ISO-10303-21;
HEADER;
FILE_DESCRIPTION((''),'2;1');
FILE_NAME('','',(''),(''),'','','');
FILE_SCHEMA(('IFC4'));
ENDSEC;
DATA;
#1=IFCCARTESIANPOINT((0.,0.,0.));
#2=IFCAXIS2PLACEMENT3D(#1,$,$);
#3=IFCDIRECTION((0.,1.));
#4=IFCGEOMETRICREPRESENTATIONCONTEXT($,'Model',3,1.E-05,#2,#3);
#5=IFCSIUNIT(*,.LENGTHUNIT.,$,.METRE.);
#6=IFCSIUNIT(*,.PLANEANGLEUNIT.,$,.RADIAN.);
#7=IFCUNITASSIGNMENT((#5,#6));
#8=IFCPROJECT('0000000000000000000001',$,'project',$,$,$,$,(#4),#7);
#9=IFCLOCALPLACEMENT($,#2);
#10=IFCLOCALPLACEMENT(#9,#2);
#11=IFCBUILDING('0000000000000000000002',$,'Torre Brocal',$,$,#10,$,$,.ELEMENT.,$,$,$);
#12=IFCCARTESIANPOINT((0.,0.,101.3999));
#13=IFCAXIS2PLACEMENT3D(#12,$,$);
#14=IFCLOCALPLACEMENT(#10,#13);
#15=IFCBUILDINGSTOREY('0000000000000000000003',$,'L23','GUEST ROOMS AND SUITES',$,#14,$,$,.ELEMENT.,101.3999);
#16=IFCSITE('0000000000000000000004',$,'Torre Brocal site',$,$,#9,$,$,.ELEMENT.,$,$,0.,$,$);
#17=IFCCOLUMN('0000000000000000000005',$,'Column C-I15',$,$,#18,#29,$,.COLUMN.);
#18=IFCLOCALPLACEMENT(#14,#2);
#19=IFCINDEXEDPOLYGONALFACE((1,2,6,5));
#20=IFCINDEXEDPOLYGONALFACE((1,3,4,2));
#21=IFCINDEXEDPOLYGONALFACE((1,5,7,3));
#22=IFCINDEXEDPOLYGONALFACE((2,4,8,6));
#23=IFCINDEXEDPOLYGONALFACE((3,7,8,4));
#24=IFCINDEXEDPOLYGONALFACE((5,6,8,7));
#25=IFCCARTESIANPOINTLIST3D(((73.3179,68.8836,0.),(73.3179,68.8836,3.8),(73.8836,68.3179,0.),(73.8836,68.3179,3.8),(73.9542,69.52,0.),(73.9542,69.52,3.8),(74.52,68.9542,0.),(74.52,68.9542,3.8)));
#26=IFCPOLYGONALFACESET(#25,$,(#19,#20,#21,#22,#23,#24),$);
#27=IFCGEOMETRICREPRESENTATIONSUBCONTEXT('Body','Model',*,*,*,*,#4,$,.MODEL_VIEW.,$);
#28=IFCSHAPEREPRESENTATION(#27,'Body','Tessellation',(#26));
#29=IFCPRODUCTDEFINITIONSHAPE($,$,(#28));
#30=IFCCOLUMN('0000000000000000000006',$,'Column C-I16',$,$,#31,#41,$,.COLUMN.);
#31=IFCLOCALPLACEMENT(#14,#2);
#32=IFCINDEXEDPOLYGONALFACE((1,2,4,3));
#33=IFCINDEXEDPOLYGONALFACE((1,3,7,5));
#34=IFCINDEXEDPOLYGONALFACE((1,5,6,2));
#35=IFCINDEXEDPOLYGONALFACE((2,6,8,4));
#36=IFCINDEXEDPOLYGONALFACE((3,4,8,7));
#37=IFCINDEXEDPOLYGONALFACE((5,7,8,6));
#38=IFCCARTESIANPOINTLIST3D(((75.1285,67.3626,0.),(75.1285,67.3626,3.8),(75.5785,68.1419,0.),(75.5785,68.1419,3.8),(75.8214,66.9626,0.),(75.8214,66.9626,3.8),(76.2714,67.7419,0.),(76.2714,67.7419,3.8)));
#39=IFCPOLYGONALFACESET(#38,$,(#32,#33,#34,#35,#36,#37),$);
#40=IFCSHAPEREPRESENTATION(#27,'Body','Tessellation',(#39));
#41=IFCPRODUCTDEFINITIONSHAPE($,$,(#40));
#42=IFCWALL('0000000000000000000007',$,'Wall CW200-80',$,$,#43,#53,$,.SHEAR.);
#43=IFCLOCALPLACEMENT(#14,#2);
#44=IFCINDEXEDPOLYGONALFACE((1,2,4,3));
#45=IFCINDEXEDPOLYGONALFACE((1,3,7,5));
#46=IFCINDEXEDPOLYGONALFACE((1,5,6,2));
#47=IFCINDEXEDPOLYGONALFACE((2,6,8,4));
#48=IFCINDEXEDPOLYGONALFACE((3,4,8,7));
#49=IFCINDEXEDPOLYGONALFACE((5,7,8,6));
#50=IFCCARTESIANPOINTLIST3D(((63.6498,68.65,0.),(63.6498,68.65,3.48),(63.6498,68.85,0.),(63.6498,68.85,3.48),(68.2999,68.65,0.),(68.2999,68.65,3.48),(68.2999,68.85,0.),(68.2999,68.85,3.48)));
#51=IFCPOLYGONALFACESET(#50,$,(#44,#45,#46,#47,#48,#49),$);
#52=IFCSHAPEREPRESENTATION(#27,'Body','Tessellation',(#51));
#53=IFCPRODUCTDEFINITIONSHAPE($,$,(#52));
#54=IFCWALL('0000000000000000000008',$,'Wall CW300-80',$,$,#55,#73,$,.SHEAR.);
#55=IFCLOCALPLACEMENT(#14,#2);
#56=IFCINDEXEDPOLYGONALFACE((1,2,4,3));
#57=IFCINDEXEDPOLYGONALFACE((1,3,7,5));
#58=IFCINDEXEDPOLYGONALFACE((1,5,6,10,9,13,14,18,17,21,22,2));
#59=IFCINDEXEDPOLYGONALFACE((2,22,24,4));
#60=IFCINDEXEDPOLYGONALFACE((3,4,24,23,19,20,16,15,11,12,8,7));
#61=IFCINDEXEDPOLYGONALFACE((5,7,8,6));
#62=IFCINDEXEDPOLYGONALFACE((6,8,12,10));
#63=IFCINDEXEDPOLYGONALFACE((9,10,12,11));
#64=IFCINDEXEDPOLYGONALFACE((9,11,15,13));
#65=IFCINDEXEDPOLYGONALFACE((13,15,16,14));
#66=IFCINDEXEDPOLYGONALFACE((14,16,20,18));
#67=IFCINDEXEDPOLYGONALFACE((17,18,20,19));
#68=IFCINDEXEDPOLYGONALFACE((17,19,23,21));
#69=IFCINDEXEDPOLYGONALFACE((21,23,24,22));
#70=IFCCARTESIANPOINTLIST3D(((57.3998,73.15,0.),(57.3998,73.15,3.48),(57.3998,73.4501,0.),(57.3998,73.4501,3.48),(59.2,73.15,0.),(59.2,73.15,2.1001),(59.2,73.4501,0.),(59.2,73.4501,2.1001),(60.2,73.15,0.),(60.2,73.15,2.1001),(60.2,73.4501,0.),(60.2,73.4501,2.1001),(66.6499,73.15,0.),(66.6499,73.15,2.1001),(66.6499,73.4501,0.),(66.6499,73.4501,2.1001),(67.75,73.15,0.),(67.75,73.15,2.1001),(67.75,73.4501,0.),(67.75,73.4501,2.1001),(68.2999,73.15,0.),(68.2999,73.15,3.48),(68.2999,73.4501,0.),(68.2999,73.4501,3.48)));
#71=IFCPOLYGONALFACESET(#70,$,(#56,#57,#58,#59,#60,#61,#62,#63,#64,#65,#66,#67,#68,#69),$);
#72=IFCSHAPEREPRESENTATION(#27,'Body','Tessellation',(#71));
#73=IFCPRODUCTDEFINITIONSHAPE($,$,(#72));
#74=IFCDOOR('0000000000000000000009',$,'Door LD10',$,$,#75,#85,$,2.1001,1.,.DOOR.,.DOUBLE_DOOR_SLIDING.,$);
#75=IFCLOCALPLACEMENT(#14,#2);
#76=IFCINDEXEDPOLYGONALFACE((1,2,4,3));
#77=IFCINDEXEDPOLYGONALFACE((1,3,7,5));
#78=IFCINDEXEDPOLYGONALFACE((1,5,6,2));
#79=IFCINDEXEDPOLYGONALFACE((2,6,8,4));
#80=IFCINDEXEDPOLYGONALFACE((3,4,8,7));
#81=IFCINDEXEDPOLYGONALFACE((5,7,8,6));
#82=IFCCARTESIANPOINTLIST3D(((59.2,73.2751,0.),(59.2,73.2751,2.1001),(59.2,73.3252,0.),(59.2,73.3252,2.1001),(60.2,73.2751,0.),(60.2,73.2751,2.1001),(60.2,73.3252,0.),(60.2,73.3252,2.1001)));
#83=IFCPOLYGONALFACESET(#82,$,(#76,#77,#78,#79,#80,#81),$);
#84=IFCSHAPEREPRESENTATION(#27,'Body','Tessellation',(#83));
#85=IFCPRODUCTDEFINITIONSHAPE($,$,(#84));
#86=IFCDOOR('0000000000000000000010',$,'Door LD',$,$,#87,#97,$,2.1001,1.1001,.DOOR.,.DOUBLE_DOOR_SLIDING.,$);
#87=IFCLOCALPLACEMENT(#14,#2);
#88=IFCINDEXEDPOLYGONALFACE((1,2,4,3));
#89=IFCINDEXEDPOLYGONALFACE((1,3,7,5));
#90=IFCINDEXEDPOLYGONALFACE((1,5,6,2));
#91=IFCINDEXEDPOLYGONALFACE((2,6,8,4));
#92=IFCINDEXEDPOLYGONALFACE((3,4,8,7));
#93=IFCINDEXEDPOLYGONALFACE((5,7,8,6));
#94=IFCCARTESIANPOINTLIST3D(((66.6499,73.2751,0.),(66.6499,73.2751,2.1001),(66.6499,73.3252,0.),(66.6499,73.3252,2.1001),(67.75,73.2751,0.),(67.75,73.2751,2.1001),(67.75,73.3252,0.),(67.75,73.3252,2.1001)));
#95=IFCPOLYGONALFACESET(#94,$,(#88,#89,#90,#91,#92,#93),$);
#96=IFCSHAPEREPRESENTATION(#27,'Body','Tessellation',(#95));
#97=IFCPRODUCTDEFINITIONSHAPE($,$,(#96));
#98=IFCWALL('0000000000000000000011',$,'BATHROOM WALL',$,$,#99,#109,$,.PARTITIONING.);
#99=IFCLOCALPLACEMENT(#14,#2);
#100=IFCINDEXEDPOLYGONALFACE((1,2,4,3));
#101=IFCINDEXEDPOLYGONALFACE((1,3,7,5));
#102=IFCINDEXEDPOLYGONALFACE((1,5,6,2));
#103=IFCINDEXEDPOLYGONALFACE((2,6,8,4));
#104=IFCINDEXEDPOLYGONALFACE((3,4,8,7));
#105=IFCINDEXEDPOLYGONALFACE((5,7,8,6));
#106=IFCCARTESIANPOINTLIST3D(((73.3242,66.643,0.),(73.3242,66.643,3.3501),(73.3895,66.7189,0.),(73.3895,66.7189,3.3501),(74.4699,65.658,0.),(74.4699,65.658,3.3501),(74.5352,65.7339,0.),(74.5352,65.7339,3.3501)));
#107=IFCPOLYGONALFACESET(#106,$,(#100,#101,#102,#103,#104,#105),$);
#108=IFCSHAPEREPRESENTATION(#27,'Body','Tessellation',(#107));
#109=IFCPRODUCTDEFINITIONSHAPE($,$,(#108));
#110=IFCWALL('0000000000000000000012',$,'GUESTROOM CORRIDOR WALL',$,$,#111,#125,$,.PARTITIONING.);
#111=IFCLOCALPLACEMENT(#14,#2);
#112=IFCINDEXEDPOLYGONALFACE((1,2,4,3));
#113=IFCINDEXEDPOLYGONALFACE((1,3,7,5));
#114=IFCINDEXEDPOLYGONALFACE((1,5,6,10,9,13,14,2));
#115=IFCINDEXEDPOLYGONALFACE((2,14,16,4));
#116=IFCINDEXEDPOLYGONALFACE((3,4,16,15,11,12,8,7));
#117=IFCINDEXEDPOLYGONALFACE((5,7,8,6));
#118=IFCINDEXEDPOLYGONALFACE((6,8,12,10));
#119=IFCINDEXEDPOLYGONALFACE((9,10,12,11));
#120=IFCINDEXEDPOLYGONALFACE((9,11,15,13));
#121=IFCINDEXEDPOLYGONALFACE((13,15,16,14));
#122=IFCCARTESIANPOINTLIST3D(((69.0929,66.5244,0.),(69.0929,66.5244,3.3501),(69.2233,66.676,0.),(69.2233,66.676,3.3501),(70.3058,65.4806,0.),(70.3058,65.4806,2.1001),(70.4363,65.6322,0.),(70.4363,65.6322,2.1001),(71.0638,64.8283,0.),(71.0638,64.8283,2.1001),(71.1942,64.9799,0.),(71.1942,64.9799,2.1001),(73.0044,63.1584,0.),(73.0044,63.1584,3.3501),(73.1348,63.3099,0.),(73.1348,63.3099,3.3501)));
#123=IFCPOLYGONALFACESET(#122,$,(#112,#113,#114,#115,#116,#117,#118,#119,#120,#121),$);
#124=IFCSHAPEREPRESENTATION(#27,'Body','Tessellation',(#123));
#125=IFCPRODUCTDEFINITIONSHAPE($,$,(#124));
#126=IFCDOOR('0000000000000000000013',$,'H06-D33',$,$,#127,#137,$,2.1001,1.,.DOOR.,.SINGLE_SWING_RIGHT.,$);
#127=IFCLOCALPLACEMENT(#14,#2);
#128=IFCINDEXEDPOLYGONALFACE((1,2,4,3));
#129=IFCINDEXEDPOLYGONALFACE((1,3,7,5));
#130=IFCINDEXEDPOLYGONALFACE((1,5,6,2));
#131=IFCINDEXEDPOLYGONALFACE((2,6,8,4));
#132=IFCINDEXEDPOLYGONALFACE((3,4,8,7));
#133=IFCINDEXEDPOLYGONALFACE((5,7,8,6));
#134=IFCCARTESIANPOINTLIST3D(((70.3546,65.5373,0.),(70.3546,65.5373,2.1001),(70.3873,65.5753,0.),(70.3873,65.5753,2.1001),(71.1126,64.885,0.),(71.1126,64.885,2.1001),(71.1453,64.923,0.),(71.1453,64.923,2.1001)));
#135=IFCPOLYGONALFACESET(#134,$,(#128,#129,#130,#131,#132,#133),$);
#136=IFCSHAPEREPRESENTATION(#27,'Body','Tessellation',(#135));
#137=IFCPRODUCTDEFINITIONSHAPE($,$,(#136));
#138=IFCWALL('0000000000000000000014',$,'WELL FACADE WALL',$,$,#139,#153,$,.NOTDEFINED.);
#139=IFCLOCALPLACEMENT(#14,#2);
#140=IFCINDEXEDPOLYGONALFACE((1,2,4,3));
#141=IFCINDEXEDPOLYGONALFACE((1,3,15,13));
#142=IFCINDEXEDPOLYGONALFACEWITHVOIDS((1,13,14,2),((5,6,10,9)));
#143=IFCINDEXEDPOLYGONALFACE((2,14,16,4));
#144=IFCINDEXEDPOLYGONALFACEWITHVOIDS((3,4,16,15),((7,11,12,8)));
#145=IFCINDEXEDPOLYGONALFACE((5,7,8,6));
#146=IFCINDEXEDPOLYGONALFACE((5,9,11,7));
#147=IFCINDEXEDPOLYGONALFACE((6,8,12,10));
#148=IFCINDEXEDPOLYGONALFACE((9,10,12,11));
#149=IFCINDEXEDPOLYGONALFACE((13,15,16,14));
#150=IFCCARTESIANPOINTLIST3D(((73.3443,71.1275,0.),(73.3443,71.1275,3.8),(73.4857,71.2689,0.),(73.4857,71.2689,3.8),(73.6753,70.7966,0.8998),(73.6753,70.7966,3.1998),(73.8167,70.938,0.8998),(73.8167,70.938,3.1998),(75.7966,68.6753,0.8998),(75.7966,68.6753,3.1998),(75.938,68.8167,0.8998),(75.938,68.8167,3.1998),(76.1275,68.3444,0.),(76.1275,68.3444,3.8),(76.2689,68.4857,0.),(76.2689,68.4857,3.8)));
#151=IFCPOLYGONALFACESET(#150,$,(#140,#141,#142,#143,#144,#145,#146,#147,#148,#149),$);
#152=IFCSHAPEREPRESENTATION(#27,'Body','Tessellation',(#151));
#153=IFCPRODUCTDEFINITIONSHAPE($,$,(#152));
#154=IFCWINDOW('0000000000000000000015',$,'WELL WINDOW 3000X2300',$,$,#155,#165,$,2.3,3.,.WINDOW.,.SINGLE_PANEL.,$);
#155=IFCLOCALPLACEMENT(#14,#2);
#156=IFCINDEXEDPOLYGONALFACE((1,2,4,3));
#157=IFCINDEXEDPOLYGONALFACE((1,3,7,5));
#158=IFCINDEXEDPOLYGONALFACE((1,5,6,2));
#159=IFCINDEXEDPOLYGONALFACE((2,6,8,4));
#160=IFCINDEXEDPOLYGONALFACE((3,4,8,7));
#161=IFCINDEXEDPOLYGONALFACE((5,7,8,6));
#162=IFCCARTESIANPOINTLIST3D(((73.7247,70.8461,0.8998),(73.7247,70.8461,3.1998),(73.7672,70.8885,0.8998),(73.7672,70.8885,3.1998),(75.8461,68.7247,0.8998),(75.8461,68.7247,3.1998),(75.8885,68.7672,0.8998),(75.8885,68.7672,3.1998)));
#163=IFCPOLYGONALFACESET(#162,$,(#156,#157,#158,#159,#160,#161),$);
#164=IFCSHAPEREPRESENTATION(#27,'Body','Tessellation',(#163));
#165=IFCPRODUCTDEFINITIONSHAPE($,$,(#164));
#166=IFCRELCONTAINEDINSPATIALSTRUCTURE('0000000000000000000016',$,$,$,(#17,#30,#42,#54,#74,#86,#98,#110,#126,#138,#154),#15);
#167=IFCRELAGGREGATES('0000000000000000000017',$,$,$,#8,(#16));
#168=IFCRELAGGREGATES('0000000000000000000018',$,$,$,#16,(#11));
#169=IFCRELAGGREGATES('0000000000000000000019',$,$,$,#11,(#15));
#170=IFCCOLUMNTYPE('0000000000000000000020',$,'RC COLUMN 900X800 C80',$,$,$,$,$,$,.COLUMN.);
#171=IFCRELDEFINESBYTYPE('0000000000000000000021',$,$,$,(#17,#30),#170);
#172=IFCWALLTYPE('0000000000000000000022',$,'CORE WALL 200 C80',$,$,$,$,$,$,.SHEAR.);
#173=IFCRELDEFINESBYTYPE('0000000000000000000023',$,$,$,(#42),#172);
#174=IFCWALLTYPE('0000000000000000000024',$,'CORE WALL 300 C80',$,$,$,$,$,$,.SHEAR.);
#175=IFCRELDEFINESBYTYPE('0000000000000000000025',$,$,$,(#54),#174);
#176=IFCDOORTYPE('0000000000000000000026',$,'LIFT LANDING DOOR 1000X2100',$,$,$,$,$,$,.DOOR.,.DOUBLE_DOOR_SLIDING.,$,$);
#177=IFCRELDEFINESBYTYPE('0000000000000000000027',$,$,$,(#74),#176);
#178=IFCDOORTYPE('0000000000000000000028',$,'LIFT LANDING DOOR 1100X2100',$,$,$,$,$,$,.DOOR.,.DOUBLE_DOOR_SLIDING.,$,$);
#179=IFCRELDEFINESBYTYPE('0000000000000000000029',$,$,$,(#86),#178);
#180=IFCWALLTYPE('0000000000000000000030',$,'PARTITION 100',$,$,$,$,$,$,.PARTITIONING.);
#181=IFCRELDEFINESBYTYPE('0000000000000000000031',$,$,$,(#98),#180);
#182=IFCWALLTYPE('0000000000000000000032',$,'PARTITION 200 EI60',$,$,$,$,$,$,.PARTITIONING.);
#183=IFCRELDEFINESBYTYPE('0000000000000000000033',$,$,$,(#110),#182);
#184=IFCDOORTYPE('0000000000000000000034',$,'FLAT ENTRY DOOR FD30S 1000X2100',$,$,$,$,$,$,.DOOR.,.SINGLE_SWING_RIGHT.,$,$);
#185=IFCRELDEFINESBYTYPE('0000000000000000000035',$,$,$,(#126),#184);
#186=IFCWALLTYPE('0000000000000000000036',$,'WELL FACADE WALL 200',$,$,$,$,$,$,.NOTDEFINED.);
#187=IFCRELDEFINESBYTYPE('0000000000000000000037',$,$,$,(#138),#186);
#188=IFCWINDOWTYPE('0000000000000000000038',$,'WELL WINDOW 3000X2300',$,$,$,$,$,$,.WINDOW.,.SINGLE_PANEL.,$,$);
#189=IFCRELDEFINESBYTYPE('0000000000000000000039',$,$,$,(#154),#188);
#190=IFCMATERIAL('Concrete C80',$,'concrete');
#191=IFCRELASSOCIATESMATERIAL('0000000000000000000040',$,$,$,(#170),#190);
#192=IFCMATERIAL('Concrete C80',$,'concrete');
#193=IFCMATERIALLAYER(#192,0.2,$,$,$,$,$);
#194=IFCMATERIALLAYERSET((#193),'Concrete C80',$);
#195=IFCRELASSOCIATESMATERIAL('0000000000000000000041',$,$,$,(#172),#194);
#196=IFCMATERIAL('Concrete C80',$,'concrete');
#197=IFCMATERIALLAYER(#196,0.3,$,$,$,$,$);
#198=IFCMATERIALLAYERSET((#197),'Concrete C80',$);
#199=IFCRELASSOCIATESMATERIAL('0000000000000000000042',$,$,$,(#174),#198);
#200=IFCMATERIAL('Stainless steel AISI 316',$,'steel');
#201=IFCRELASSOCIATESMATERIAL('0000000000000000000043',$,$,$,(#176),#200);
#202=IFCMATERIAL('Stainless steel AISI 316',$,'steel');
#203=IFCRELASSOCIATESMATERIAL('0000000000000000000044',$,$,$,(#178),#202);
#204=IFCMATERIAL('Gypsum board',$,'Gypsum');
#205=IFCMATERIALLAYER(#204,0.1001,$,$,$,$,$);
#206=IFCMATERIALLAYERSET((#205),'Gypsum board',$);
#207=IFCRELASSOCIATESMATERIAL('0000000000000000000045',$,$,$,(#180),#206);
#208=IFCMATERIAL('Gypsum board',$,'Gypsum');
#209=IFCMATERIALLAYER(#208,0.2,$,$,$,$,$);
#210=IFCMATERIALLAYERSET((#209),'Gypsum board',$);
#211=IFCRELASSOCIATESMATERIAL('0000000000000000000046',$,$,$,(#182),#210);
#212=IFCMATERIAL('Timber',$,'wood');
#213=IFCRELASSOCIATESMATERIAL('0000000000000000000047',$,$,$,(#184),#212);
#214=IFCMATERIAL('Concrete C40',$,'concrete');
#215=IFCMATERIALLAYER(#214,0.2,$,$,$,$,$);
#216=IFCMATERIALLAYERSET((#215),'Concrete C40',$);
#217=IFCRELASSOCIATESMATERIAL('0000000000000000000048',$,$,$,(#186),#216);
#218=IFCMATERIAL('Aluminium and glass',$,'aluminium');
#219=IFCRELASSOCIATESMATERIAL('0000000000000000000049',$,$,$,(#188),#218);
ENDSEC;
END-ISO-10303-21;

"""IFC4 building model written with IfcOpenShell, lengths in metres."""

from ifc_helpers import new_model, si_unit, direction, frame, frame_2d, origin, origin_2d, place, context, subcontext, project, spatial, rectangle, extrude, material, layer, layer_set, material_profile, profile_set, type_object, element, fill, save


model = new_model("IFC4")

# Units and contexts
model_context = context("Model", 3, precision=1e-05, world=origin(), true_north=direction((0.0, 1.0)))
body_context = subcontext(model_context, "Body", "Model", "MODEL_VIEW")
ifc_project = project(units=[si_unit("LENGTHUNIT", "METRE"), si_unit("PLANEANGLEUNIT", "RADIAN")], contexts=[model_context])

# Site, building, storey
site_placement = place(None, origin())
site = spatial("IfcSite", under=ifc_project, at=site_placement, Name="Torre Brocal site", CompositionType="ELEMENT", RefElevation=0.0)
building_placement = place(site_placement, origin())
building = spatial("IfcBuilding", under=site, at=building_placement, Name="Torre Brocal", CompositionType="ELEMENT")
storey_placement = place(building_placement, frame((0.0, 0.0, 101.3999)))
storey = spatial("IfcBuildingStorey", under=building, at=storey_placement, Name="L23", Description="GUEST ROOMS AND SUITES", CompositionType="ELEMENT", Elevation=101.3999)

# Columns
ifc_material_1 = material(Name="Concrete C80", Category="concrete")
ifc_material_profile = material_profile(ifc_material_1, rectangle(XDim=0.8999, YDim=0.8, at=origin_2d()), Name="RC 900X800")
ifc_profile_set = profile_set([ifc_material_profile], Name="Concrete C80")
column_type = type_object("IfcColumnType", Name="RC COLUMN 900X800 C80", PredefinedType="COLUMN", material=ifc_profile_set)
for number, where, z_axis, x_axis, name in (
    (1, (73.9189, 68.9189, 0.0), (0.0, 0.0, 1.0), (-0.707107, -0.707107, 0.0), "Column C-I15"),
    (2, (75.7, 67.5522, 0.0), (0.0, 0.0, 1.0), (-0.5, -0.866025, 0.0), "Column C-I16"),
):
    element("IfcColumn", number, at=place(storey_placement, frame(where, z_axis=z_axis, x_axis=x_axis)), inside=storey, type_object=column_type, Name=name, PredefinedType="COLUMN", context=body_context, shape_type="SweptSolid", body=[
        extrude(rectangle(XDim=0.8999, YDim=0.8, at=origin_2d()), origin(), (0.0, 0.0, 1.0), 3.8),
    ])

# Wall
ifc_material_2 = material(Name="Concrete C80", Category="concrete")
ifc_layer_1 = layer(ifc_material_2, 0.2)
ifc_layer_set_1 = layer_set([ifc_layer_1], Name="Concrete C80")
wall_type_1 = type_object("IfcWallType", Name="CORE WALL 200 C80", PredefinedType="SHEAR", material=ifc_layer_set_1)
wall_1_placement = place(storey_placement, frame((68.3, 68.75, 0.0), z_axis=(0.0, 0.0, 1.0), x_axis=(-1.0, 0.0, 0.0)))
element("IfcWall", 3, at=wall_1_placement, inside=storey, type_object=wall_type_1, Name="Wall CW200-80", PredefinedType="SHEAR", context=body_context, shape_type="SweptSolid", body=[
    extrude(rectangle(XDim=4.6501, YDim=0.2, at=frame_2d((2.3252, 0.0))), origin(), (0.0, 0.0, 1.0), 3.48),
])

# Wall, openings, doors
ifc_material_3 = material(Name="Concrete C80", Category="concrete")
ifc_layer_2 = layer(ifc_material_3, 0.3)
ifc_layer_set_2 = layer_set([ifc_layer_2], Name="Concrete C80")
wall_type_2 = type_object("IfcWallType", Name="CORE WALL 300 C80", PredefinedType="SHEAR", material=ifc_layer_set_2)
wall_2_placement = place(storey_placement, frame((68.3, 73.3, 0.0), z_axis=(0.0, 0.0, 1.0), x_axis=(-1.0, 0.0, 0.0)))
wall_2 = element("IfcWall", 4, at=wall_2_placement, inside=storey, type_object=wall_type_2, Name="Wall CW300-80", PredefinedType="SHEAR", context=body_context, shape_type="SweptSolid", body=[
    extrude(rectangle(XDim=10.9001, YDim=0.3, at=frame_2d((5.4502, 0.0))), origin(), (0.0, 0.0, 1.0), 3.48),
])
opening_1_placement = place(wall_2_placement, frame((0.55, 0.0, 0.0)))
opening_1 = element("IfcOpeningElement", 5, at=opening_1_placement, cuts=wall_2, PredefinedType="OPENING", context=body_context, shape_type="SweptSolid", body=[
    extrude(rectangle(XDim=1.1001, YDim=2.1001, at=frame_2d((0.55, 1.05))), frame((0.0, 0.1599, 0.0), z_axis=(0.0, -1.0, 0.0), x_axis=(1.0, 0.0, 0.0)), (0.0, 0.0, 1.0), 0.3201),
])
opening_2_placement = place(wall_2_placement, frame((8.1001, 0.0, 0.0)))
opening_2 = element("IfcOpeningElement", 6, at=opening_2_placement, cuts=wall_2, PredefinedType="OPENING", context=body_context, shape_type="SweptSolid", body=[
    extrude(rectangle(XDim=1.0, YDim=2.1001, at=frame_2d((0.5, 1.05))), frame((0.0, 0.1599, 0.0), z_axis=(0.0, -1.0, 0.0), x_axis=(1.0, 0.0, 0.0)), (0.0, 0.0, 1.0), 0.3201),
])
ifc_material_4 = material(Name="Stainless steel AISI 316", Category="steel")
door_type_1 = type_object("IfcDoorType", Name="LIFT LANDING DOOR 1000X2100", OperationType="DOUBLE_DOOR_SLIDING", PredefinedType="DOOR", material=ifc_material_4)
door_1_placement = place(opening_2_placement, origin())
door_1 = element("IfcDoor", 7, at=door_1_placement, inside=storey, type_object=door_type_1, Name="Door LD10", OperationType="DOUBLE_DOOR_SLIDING", OverallHeight=2.1001, OverallWidth=1.0, PredefinedType="DOOR", context=body_context, shape_type="SweptSolid", body=[
    extrude(rectangle(XDim=1.0, YDim=2.1001, at=frame_2d((0.5, 1.05))), frame((0.0, 0.0249, 0.0), z_axis=(0.0, -1.0, 0.0), x_axis=(1.0, 0.0, 0.0)), (0.0, 0.0, 1.0), 0.05),
])
fill(opening_2, door_1)
ifc_material_5 = material(Name="Stainless steel AISI 316", Category="steel")
door_type_2 = type_object("IfcDoorType", Name="LIFT LANDING DOOR 1100X2100", OperationType="DOUBLE_DOOR_SLIDING", PredefinedType="DOOR", material=ifc_material_5)
door_2_placement = place(opening_1_placement, origin())
door_2 = element("IfcDoor", 8, at=door_2_placement, inside=storey, type_object=door_type_2, Name="Door LD", OperationType="DOUBLE_DOOR_SLIDING", OverallHeight=2.1001, OverallWidth=1.1001, PredefinedType="DOOR", context=body_context, shape_type="SweptSolid", body=[
    extrude(rectangle(XDim=1.1001, YDim=2.1001, at=frame_2d((0.55, 1.05))), frame((0.0, 0.0249, 0.0), z_axis=(0.0, -1.0, 0.0), x_axis=(1.0, 0.0, 0.0)), (0.0, 0.0, 1.0), 0.05),
])
fill(opening_1, door_2)

# Wall
ifc_material_6 = material(Name="Gypsum board", Category="Gypsum")
ifc_layer_3 = layer(ifc_material_6, 0.1001)
ifc_layer_set_3 = layer_set([ifc_layer_3], Name="Gypsum board")
wall_type_3 = type_object("IfcWallType", Name="PARTITION 100", PredefinedType="PARTITIONING", material=ifc_layer_set_3)
wall_3_placement = place(storey_placement, frame((73.3569, 66.6809, 0.0), z_axis=(0.0, 0.0, 1.0), x_axis=(0.758263, -0.651948, 0.0)))
element("IfcWall", 9, at=wall_3_placement, inside=storey, type_object=wall_type_3, Name="BATHROOM WALL", PredefinedType="PARTITIONING", context=body_context, shape_type="SweptSolid", body=[
    extrude(rectangle(XDim=1.511, YDim=0.1001, at=frame_2d((0.7554, 0.0))), origin(), (0.0, 0.0, 1.0), 3.3501),
])

# Wall, opening, door
ifc_material_7 = material(Name="Gypsum board", Category="Gypsum")
ifc_layer_4 = layer(ifc_material_7, 0.2)
ifc_layer_set_4 = layer_set([ifc_layer_4], Name="Gypsum board")
wall_type_4 = type_object("IfcWallType", Name="PARTITION 200 EI60", PredefinedType="PARTITIONING", material=ifc_layer_set_4)
wall_4_placement = place(storey_placement, frame((69.1582, 66.6001, 0.0), z_axis=(0.0, 0.0, 1.0), x_axis=(0.757976, -0.652282, 0.0)))
wall_4 = element("IfcWall", 10, at=wall_4_placement, inside=storey, type_object=wall_type_4, Name="GUESTROOM CORRIDOR WALL", PredefinedType="PARTITIONING", context=body_context, shape_type="SweptSolid", body=[
    extrude(rectangle(XDim=5.1604, YDim=0.2, at=frame_2d((2.5801, 0.0))), origin(), (0.0, 0.0, 1.0), 3.3501),
])
opening_3_placement = place(wall_4_placement, frame((1.6001, 0.0, 0.0)))
opening_3 = element("IfcOpeningElement", 11, at=opening_3_placement, cuts=wall_4, PredefinedType="OPENING", context=body_context, shape_type="SweptSolid", body=[
    extrude(rectangle(XDim=1.0, YDim=2.1001, at=frame_2d((0.5, 1.05))), frame((0.0, 0.1099, 0.0), z_axis=(0.0, -1.0, 0.0), x_axis=(1.0, 0.0, 0.0)), (0.0, 0.0, 1.0), 0.22),
])
ifc_material_8 = material(Name="Timber", Category="wood")
door_type_3 = type_object("IfcDoorType", Name="FLAT ENTRY DOOR FD30S 1000X2100", OperationType="SINGLE_SWING_RIGHT", PredefinedType="DOOR", material=ifc_material_8)
door_3_placement = place(opening_3_placement, origin())
door_3 = element("IfcDoor", 12, at=door_3_placement, inside=storey, type_object=door_type_3, Name="H06-D33", OperationType="SINGLE_SWING_RIGHT", OverallHeight=2.1001, OverallWidth=1.0, PredefinedType="DOOR", context=body_context, shape_type="SweptSolid", body=[
    extrude(rectangle(XDim=1.0, YDim=2.1001, at=frame_2d((0.5, 1.05))), frame((0.0, 0.0249, 0.0), z_axis=(0.0, -1.0, 0.0), x_axis=(1.0, 0.0, 0.0)), (0.0, 0.0, 1.0), 0.05),
])
fill(opening_3, door_3)

# Wall, opening, window
ifc_material_9 = material(Name="Concrete C40", Category="concrete")
ifc_layer_5 = layer(ifc_material_9, 0.2)
ifc_layer_set_5 = layer_set([ifc_layer_5], Name="Concrete C40")
wall_type_5 = type_object("IfcWallType", Name="WELL FACADE WALL 200", PredefinedType="NOTDEFINED", material=ifc_layer_set_5)
wall_5_placement = place(storey_placement, frame((73.415, 71.1982, 0.0), z_axis=(0.0, 0.0, 1.0), x_axis=(0.707107, -0.707107, 0.0)))
wall_5 = element("IfcWall", 13, at=wall_5_placement, inside=storey, type_object=wall_type_5, Name="WELL FACADE WALL", PredefinedType="NOTDEFINED", context=body_context, shape_type="SweptSolid", body=[
    extrude(rectangle(XDim=3.936, YDim=0.2, at=frame_2d((1.968, 0.0))), origin(), (0.0, 0.0, 1.0), 3.8),
])
opening_4_placement = place(wall_5_placement, frame((0.468, 0.0, 0.8999)))
opening_4 = element("IfcOpeningElement", 14, at=opening_4_placement, cuts=wall_5, PredefinedType="OPENING", context=body_context, shape_type="SweptSolid", body=[
    extrude(rectangle(XDim=3.0, YDim=2.3, at=frame_2d((1.5, 1.1499))), frame((0.0, 0.1099, 0.0), z_axis=(0.0, -1.0, 0.0), x_axis=(1.0, 0.0, 0.0)), (0.0, 0.0, 1.0), 0.22),
])
ifc_material_10 = material(Name="Aluminium and glass", Category="aluminium")
window_type = type_object("IfcWindowType", Name="WELL WINDOW 3000X2300", PartitioningType="SINGLE_PANEL", PredefinedType="WINDOW", material=ifc_material_10)
window_1_placement = place(opening_4_placement, origin())
window_1 = element("IfcWindow", 15, at=window_1_placement, inside=storey, type_object=window_type, Name="WELL WINDOW 3000X2300", OverallHeight=2.3, OverallWidth=3.0, PartitioningType="SINGLE_PANEL", PredefinedType="WINDOW", context=body_context, shape_type="SweptSolid", body=[
    extrude(rectangle(XDim=3.0, YDim=2.3, at=frame_2d((1.5, 1.1499))), frame((0.0, 0.03, 0.0), z_axis=(0.0, -1.0, 0.0), x_axis=(1.0, 0.0, 0.0)), (0.0, 0.0, 1.0), 0.0601),
])
fill(opening_4, window_1)

save(model, "model.ifc")
